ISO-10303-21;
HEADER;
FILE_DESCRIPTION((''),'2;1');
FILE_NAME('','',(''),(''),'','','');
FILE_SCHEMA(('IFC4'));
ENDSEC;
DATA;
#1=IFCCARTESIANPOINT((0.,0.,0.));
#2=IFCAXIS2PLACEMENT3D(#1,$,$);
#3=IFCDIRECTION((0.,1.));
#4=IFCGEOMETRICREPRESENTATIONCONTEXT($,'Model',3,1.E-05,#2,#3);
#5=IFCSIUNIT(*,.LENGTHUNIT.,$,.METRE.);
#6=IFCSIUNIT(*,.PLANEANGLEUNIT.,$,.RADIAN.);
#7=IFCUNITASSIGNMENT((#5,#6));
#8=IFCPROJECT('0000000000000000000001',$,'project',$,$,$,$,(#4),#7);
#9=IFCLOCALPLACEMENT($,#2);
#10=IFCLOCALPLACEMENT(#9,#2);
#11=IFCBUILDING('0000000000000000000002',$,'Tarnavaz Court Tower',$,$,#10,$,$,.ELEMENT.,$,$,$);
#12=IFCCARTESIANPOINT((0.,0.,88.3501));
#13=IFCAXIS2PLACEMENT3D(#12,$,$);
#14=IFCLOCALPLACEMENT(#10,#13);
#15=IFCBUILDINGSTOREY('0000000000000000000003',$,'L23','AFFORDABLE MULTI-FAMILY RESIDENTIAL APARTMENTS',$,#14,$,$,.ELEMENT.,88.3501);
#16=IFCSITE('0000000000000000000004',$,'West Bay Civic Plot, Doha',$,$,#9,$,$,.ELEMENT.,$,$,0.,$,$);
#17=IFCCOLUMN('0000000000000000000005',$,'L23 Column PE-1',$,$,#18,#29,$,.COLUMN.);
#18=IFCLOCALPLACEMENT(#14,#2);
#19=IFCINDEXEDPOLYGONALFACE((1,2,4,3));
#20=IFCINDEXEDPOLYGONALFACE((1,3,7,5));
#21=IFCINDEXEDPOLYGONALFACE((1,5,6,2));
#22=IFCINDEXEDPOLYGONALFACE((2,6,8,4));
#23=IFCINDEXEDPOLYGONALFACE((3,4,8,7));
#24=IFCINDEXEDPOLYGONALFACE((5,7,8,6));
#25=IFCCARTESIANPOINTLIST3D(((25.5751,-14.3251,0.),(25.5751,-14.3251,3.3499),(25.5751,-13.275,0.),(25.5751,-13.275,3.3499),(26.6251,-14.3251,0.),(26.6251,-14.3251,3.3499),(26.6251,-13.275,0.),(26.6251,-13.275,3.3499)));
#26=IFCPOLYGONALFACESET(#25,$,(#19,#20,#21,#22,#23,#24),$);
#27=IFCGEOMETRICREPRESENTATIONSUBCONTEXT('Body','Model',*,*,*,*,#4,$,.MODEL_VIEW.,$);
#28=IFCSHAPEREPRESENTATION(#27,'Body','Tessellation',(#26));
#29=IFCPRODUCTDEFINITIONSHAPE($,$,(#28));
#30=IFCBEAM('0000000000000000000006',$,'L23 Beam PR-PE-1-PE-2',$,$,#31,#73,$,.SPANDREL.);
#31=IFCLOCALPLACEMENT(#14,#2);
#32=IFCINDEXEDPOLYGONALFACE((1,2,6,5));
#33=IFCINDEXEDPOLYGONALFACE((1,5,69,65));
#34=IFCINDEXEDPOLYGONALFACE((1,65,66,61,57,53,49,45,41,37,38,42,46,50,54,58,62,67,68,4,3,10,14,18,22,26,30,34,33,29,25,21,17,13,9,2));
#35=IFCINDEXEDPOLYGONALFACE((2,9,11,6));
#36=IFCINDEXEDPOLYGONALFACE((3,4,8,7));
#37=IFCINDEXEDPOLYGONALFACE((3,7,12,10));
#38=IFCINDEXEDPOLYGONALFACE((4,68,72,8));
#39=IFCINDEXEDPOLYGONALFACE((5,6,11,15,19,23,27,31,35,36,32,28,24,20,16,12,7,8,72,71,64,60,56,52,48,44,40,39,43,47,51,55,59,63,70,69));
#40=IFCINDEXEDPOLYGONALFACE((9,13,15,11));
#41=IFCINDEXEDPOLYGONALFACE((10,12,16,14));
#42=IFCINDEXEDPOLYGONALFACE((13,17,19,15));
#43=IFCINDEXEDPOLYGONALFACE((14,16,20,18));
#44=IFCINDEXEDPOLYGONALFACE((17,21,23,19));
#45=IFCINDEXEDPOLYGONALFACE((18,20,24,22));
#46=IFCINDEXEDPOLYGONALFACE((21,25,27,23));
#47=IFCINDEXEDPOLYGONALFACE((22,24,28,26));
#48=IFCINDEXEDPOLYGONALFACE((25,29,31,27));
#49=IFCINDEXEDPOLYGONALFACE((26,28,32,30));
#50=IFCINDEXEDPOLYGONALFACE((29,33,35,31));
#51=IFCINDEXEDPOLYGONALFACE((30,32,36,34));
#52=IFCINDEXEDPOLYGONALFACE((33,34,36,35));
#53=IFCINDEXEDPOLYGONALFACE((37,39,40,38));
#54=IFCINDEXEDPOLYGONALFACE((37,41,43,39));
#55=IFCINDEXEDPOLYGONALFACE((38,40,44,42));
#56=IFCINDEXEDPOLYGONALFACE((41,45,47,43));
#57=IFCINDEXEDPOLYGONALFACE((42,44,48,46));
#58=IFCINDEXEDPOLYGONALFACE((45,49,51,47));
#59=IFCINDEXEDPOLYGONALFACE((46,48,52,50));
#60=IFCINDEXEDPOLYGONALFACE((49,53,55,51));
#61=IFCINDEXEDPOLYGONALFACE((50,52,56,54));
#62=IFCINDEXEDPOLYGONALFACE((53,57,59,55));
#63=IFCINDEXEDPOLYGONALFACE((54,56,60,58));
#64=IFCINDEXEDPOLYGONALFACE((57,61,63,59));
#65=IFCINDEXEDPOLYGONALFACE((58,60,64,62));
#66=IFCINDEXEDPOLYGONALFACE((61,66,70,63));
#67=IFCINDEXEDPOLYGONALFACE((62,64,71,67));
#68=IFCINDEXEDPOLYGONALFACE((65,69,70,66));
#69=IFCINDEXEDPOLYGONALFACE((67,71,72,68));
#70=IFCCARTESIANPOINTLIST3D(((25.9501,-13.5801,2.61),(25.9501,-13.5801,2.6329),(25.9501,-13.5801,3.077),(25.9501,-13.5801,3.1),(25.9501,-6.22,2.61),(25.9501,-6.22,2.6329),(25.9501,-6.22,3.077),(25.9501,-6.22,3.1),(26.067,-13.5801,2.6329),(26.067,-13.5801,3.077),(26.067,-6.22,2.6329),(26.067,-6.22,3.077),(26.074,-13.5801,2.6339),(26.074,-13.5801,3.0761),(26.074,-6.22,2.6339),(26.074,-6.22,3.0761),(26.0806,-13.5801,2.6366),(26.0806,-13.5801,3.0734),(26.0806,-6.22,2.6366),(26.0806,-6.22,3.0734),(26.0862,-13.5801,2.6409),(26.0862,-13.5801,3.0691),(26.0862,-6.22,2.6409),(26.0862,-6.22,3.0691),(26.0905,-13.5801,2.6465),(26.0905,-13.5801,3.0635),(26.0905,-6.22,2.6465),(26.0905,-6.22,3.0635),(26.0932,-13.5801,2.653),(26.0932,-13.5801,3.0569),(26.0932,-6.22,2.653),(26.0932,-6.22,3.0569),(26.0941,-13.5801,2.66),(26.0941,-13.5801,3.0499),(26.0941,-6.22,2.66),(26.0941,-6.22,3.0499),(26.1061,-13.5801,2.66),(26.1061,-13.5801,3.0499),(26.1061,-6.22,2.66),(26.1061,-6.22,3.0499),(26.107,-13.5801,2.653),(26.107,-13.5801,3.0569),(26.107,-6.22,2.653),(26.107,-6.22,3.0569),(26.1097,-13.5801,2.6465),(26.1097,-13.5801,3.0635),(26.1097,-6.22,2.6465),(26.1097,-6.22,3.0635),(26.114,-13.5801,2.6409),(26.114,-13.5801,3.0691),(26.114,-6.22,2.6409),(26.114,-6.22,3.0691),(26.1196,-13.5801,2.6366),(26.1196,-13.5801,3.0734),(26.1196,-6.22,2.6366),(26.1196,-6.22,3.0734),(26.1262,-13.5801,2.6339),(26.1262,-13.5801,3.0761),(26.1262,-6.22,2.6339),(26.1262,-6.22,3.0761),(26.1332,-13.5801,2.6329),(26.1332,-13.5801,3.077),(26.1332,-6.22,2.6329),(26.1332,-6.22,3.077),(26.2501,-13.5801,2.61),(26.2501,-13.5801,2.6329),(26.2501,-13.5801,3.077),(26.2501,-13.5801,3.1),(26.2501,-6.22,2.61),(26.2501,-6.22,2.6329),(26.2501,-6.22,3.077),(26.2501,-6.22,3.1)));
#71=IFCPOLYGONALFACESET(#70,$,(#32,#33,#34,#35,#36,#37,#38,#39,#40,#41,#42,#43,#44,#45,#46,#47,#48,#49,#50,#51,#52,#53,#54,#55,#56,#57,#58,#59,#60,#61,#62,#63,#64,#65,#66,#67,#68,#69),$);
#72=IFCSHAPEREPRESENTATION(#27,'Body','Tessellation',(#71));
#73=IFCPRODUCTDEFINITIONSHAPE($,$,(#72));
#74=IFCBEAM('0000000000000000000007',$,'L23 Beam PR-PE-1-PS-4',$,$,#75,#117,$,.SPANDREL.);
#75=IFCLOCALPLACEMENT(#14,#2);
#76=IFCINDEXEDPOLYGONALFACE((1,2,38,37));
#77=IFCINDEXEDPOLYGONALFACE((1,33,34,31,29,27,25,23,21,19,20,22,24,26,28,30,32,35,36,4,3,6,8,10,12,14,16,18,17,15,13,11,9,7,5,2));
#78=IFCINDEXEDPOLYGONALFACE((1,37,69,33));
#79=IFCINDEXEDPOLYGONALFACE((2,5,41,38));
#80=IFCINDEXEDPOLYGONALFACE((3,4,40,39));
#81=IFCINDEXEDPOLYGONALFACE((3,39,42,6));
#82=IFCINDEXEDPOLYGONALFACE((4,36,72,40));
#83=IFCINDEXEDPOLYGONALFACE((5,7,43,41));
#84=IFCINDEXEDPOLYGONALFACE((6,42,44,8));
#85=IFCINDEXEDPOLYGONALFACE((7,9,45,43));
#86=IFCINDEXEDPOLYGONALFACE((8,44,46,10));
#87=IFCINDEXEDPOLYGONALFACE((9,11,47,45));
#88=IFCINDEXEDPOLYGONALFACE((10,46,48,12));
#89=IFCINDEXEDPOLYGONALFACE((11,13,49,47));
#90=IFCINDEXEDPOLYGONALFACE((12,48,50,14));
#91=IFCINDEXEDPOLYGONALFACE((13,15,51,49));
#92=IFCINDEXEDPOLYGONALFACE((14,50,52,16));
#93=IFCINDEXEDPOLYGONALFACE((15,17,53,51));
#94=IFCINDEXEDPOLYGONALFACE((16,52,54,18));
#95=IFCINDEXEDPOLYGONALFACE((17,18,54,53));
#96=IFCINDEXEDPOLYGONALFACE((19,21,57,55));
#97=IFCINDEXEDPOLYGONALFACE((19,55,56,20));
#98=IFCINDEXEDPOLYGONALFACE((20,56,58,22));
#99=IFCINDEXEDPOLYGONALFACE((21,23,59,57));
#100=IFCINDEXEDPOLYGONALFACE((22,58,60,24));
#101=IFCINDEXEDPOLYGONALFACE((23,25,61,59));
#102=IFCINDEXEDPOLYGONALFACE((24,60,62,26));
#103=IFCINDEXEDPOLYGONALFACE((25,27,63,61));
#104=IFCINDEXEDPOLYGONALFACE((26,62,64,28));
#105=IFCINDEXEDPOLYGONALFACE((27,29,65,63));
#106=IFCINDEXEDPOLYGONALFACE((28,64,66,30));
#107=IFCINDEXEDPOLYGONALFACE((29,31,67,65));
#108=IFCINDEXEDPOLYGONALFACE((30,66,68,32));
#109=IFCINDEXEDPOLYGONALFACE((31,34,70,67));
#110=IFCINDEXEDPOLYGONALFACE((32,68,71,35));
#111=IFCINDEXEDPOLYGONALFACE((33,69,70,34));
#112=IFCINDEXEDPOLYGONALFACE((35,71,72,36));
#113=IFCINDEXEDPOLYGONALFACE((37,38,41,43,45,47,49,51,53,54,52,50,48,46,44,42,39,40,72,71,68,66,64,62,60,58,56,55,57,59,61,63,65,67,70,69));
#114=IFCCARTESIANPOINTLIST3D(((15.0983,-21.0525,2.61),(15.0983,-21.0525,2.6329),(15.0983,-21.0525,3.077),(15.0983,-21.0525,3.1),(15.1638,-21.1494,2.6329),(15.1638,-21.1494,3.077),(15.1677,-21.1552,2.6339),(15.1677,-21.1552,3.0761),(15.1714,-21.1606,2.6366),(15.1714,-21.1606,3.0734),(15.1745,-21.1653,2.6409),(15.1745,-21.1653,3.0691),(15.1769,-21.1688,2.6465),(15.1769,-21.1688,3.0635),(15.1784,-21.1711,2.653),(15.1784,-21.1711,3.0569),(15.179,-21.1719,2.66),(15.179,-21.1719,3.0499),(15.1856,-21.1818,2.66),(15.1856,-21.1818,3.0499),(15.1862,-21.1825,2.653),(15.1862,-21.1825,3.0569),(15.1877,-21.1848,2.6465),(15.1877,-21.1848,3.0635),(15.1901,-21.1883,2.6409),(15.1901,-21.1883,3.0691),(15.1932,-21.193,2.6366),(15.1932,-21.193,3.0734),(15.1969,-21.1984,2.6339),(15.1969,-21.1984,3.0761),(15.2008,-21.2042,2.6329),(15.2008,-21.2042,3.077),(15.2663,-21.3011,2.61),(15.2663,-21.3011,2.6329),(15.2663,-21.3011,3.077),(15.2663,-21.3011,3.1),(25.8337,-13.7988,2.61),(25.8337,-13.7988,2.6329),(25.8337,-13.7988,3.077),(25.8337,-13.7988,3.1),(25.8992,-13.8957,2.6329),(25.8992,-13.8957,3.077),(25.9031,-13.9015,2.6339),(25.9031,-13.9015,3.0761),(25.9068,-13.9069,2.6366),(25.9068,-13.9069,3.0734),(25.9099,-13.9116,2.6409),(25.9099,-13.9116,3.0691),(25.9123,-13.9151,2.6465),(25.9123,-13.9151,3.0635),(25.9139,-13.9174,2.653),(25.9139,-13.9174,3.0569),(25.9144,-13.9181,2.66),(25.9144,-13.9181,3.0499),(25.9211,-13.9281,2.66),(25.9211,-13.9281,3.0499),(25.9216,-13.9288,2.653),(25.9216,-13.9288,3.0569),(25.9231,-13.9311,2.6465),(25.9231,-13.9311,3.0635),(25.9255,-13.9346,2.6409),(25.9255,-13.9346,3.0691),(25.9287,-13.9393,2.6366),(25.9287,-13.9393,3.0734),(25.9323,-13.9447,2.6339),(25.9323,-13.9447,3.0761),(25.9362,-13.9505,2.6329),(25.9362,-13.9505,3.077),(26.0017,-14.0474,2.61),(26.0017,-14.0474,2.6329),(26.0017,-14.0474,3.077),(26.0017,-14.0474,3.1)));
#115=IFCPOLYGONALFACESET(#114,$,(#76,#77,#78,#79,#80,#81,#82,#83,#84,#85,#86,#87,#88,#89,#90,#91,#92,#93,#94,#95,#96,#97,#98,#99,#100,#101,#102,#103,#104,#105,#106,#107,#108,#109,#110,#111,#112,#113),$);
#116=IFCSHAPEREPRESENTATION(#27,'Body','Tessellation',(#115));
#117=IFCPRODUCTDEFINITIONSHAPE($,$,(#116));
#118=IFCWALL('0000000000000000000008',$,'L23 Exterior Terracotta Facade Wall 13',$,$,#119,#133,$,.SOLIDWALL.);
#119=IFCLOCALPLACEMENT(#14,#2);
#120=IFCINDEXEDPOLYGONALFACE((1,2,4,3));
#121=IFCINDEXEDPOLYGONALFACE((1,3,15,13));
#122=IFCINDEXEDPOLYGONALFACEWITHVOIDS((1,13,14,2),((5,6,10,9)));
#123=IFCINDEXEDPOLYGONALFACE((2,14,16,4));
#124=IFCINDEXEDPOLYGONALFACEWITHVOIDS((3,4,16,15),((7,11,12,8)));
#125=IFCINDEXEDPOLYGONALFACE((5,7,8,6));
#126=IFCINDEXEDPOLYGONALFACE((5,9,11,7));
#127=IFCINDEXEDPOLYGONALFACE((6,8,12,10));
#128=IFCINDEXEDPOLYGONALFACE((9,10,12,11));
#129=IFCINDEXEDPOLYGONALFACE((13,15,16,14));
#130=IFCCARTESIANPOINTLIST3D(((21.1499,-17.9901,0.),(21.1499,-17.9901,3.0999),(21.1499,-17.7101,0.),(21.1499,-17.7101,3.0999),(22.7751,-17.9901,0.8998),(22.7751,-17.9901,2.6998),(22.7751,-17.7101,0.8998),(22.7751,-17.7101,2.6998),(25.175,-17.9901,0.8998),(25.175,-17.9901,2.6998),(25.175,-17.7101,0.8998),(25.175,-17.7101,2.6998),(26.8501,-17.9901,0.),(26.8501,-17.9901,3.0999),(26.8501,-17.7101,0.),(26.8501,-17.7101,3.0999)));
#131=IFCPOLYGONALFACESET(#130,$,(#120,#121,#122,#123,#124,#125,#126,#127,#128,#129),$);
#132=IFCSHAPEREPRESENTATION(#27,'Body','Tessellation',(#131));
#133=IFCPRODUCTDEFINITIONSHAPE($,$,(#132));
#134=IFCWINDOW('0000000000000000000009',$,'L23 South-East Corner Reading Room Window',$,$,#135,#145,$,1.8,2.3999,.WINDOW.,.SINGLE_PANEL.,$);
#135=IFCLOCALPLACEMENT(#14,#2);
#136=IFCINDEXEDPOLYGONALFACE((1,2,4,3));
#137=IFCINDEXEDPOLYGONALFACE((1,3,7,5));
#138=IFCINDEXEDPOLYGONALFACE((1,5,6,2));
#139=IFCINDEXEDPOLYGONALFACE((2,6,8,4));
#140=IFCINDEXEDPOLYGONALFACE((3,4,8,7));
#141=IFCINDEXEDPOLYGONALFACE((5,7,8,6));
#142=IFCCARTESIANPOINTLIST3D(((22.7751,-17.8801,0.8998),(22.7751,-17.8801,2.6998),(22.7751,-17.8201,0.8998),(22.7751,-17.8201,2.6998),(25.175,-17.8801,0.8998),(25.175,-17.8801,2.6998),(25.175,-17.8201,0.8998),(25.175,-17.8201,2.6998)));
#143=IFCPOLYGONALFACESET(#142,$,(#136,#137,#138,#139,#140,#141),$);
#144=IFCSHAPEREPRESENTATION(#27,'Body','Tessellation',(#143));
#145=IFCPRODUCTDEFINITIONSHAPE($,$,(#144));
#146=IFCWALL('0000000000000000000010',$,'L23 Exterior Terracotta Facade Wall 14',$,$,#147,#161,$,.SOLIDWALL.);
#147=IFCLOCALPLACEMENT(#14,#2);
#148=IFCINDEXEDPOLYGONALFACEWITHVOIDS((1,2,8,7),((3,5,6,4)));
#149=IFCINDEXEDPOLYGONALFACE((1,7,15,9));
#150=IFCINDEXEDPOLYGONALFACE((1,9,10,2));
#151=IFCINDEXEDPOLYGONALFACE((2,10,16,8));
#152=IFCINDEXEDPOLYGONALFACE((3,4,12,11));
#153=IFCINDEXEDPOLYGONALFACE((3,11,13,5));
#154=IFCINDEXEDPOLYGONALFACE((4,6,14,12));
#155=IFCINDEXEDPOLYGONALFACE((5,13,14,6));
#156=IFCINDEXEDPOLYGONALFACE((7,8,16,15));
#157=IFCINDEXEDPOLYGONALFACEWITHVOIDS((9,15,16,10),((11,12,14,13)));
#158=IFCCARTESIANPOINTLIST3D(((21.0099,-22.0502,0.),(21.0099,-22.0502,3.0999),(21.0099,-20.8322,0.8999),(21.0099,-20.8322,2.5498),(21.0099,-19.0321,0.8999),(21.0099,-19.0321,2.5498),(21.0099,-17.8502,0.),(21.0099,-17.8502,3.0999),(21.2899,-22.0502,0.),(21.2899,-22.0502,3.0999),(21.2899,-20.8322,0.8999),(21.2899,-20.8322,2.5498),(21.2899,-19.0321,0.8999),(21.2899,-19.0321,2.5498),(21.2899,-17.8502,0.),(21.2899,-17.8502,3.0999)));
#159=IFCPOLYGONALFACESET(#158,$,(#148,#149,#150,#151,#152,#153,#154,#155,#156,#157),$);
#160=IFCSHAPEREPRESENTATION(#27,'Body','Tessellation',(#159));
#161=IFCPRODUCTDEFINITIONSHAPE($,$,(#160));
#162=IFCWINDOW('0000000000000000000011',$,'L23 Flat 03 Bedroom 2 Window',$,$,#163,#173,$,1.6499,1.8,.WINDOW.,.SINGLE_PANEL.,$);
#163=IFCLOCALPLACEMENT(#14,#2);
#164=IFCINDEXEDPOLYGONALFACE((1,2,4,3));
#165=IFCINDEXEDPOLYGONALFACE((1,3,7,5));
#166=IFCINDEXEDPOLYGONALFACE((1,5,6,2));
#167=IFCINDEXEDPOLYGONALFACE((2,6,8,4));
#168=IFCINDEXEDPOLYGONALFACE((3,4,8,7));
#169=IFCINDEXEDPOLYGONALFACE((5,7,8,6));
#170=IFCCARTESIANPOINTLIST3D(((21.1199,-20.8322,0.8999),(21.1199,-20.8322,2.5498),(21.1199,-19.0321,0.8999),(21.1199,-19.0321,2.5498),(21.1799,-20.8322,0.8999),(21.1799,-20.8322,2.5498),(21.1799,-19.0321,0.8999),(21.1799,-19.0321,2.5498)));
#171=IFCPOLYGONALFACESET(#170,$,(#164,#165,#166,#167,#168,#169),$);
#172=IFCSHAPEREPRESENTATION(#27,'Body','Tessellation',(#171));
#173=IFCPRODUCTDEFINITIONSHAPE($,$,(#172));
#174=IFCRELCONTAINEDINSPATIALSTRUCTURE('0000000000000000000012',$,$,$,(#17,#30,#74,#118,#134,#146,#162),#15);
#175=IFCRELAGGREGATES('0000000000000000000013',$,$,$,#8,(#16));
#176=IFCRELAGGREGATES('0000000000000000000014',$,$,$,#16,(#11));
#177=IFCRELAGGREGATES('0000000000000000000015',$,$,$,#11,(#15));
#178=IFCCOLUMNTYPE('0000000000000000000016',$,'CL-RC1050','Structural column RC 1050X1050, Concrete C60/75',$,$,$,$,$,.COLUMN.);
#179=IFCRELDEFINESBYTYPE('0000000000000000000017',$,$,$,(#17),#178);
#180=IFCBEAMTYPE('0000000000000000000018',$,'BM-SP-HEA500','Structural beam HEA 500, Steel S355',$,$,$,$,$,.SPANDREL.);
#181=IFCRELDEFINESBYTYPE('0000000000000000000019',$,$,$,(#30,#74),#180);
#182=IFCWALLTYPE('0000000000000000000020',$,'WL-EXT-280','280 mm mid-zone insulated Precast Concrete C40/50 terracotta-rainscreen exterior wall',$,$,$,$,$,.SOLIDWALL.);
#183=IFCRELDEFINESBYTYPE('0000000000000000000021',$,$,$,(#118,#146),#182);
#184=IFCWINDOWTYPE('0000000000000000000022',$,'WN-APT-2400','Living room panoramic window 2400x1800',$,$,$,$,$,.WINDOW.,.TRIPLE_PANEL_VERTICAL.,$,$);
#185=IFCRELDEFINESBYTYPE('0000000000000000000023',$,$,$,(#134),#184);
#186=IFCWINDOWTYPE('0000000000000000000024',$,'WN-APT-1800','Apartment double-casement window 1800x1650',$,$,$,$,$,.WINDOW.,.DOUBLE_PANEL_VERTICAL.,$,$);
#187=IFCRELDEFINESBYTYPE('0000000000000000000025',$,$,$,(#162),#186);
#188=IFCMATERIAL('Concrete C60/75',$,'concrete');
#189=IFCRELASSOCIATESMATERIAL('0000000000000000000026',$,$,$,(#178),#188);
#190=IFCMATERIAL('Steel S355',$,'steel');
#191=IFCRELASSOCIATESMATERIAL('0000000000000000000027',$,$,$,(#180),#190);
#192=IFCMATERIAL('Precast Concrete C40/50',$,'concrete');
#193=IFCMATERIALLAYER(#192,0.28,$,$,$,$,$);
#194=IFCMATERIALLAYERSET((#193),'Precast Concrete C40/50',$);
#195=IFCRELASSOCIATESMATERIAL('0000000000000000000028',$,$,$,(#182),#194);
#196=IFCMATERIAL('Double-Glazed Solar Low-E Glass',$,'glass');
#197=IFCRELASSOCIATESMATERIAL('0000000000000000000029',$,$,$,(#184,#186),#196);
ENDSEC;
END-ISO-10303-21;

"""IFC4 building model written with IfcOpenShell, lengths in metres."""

from ifc_helpers import new_model, si_unit, direction, frame, frame_2d, origin, origin_2d, place, context, subcontext, project, spatial, rectangle, i_section, extrude, material, layer, layer_set, material_profile, profile_set, type_object, element, fill, save


model = new_model("IFC4")

# Units and contexts
model_context = context("Model", 3, precision=1e-05, world=origin(), true_north=direction((0.0, 1.0)))
body_context = subcontext(model_context, "Body", "Model", "MODEL_VIEW")
ifc_project = project(units=[si_unit("LENGTHUNIT", "METRE"), si_unit("PLANEANGLEUNIT", "RADIAN")], contexts=[model_context])

# Site, building, storey
site_placement = place(None, origin())
site = spatial("IfcSite", under=ifc_project, at=site_placement, Name="West Bay Civic Plot, Doha", CompositionType="ELEMENT", RefElevation=0.0)
building_placement = place(site_placement, origin())
building = spatial("IfcBuilding", under=site, at=building_placement, Name="Tarnavaz Court Tower", CompositionType="ELEMENT")
storey_placement = place(building_placement, frame((0.0, 0.0, 88.3501)))
storey = spatial("IfcBuildingStorey", under=building, at=storey_placement, Name="L23", Description="AFFORDABLE MULTI-FAMILY RESIDENTIAL APARTMENTS", CompositionType="ELEMENT", Elevation=88.3501)

# Column
ifc_material_1 = material(Name="Concrete C60/75", Category="concrete")
ifc_material_profile_1 = material_profile(ifc_material_1, rectangle(XDim=1.05, YDim=1.05, at=origin_2d()), Name="RC 1050X1050")
ifc_profile_set_1 = profile_set([ifc_material_profile_1], Name="Concrete C60/75")
column_type = type_object("IfcColumnType", Name="CL-RC1050", Description="Structural column RC 1050X1050, Concrete C60/75", PredefinedType="COLUMN", material=ifc_profile_set_1)
column_placement = place(storey_placement, frame((26.1001, -13.8, 0.0), z_axis=(0.0, 0.0, 1.0), x_axis=(1.0, 0.0, 0.0)))
element("IfcColumn", 1, at=column_placement, inside=storey, type_object=column_type, Name="L23 Column PE-1", PredefinedType="COLUMN", context=body_context, shape_type="SweptSolid", body=[
    extrude(rectangle(XDim=1.05, YDim=1.05, at=origin_2d()), origin(), (0.0, 0.0, 1.0), 3.3499),
])

# Beams
ifc_material_2 = material(Name="Steel S355", Category="steel")
ifc_material_profile_2 = material_profile(ifc_material_2, i_section(OverallWidth=0.3, OverallDepth=0.49, WebThickness=0.012, FlangeThickness=0.0229, FilletRadius=0.0271, at=origin_2d()), Name="HEA 500")
ifc_profile_set_2 = profile_set([ifc_material_profile_2], Name="Steel S355")
beam_type = type_object("IfcBeamType", Name="BM-SP-HEA500", Description="Structural beam HEA 500, Steel S355", PredefinedType="SPANDREL", material=ifc_profile_set_2)
beam_1_placement = place(storey_placement, frame((26.1001, -13.5801, 2.855), z_axis=(0.0, 1.0, 0.0), x_axis=(-1.0, 0.0, 0.0)))
element("IfcBeam", 2, at=beam_1_placement, inside=storey, type_object=beam_type, Name="L23 Beam PR-PE-1-PE-2", PredefinedType="SPANDREL", context=body_context, shape_type="SweptSolid", body=[
    extrude(i_section(OverallWidth=0.3, OverallDepth=0.49, WebThickness=0.012, FlangeThickness=0.0229, FilletRadius=0.0271, at=origin_2d()), origin(), (0.0, 0.0, 1.0), 7.3601),
])
beam_2_placement = place(storey_placement, frame((25.9177, -13.9231, 2.855), z_axis=(-0.828587, -0.55986, 0.0), x_axis=(0.55986, -0.828587, 0.0)))
element("IfcBeam", 3, at=beam_2_placement, inside=storey, type_object=beam_type, Name="L23 Beam PR-PE-1-PS-4", PredefinedType="SPANDREL", context=body_context, shape_type="SweptSolid", body=[
    extrude(i_section(OverallWidth=0.3, OverallDepth=0.49, WebThickness=0.012, FlangeThickness=0.0229, FilletRadius=0.0271, at=origin_2d()), origin(), (0.0, 0.0, 1.0), 12.9563),
])

# Walls, openings, windows
ifc_material_3 = material(Name="Precast Concrete C40/50", Category="concrete")
ifc_layer_1 = layer(ifc_material_3, 0.28)
ifc_layer_set_1 = layer_set([ifc_layer_1], Name="Precast Concrete C40/50")
wall_type_1 = type_object("IfcWallType", Name="WL-EXT-280", Description="280 mm mid-zone insulated Precast Concrete C40/50 terracotta-rainscreen exterior wall", PredefinedType="SOLIDWALL", material=ifc_layer_set_1)
wall_1_placement = place(storey_placement, frame((26.8501, -17.8501, 0.0), z_axis=(0.0, 0.0, 1.0), x_axis=(-1.0, 0.0, 0.0)))
wall_1 = element("IfcWall", 4, at=wall_1_placement, inside=storey, type_object=wall_type_1, Name="L23 Exterior Terracotta Facade Wall 13", PredefinedType="SOLIDWALL", context=body_context, shape_type="SweptSolid", body=[
    extrude(rectangle(XDim=5.7002, YDim=0.28, at=frame_2d((2.8501, 0.0))), origin(), (0.0, 0.0, 1.0), 3.0999),
])
opening_1_placement = place(wall_1_placement, frame((1.675, 0.0, 0.8999)))
opening_1 = element("IfcOpeningElement", 5, at=opening_1_placement, cuts=wall_1, PredefinedType="OPENING", context=body_context, shape_type="SweptSolid", body=[
    extrude(rectangle(XDim=2.3999, YDim=1.8, at=frame_2d((1.2, 0.8999))), frame((0.0, 0.1499, 0.0), z_axis=(0.0, -1.0, 0.0), x_axis=(1.0, 0.0, 0.0)), (0.0, 0.0, 1.0), 0.3),
])
ifc_material_4 = material(Name="Double-Glazed Solar Low-E Glass", Category="glass")
window_type_1 = type_object("IfcWindowType", Name="WN-APT-2400", Description="Living room panoramic window 2400x1800", PartitioningType="TRIPLE_PANEL_VERTICAL", PredefinedType="WINDOW", material=ifc_material_4)
window_1_placement = place(opening_1_placement, origin())
window_1 = element("IfcWindow", 6, at=window_1_placement, inside=storey, type_object=window_type_1, Name="L23 South-East Corner Reading Room Window", OverallHeight=1.8, OverallWidth=2.3999, PartitioningType="SINGLE_PANEL", PredefinedType="WINDOW", context=body_context, shape_type="SweptSolid", body=[
    extrude(rectangle(XDim=2.3999, YDim=1.8, at=frame_2d((1.2, 0.8999))), frame((0.0, 0.03, 0.0), z_axis=(0.0, -1.0, 0.0), x_axis=(1.0, 0.0, 0.0)), (0.0, 0.0, 1.0), 0.0601),
])
fill(opening_1, window_1)
wall_2_placement = place(storey_placement, frame((21.1499, -17.8501, 0.0), z_axis=(0.0, 0.0, 1.0), x_axis=(0.0, -1.0, 0.0)))
wall_2 = element("IfcWall", 7, at=wall_2_placement, inside=storey, type_object=wall_type_1, Name="L23 Exterior Terracotta Facade Wall 14", PredefinedType="SOLIDWALL", context=body_context, shape_type="SweptSolid", body=[
    extrude(rectangle(XDim=4.2, YDim=0.28, at=frame_2d((2.1001, 0.0))), origin(), (0.0, 0.0, 1.0), 3.0999),
])
opening_2_placement = place(wall_2_placement, frame((1.1821, 0.0, 0.8999)))
opening_2 = element("IfcOpeningElement", 8, at=opening_2_placement, cuts=wall_2, PredefinedType="OPENING", context=body_context, shape_type="SweptSolid", body=[
    extrude(rectangle(XDim=1.8, YDim=1.6499, at=frame_2d((0.8999, 0.825))), frame((0.0, 0.1499, 0.0), z_axis=(0.0, -1.0, 0.0), x_axis=(1.0, 0.0, 0.0)), (0.0, 0.0, 1.0), 0.3),
])
window_type_2 = type_object("IfcWindowType", Name="WN-APT-1800", Description="Apartment double-casement window 1800x1650", PartitioningType="DOUBLE_PANEL_VERTICAL", PredefinedType="WINDOW", material=ifc_material_4)
window_2_placement = place(opening_2_placement, origin())
window_2 = element("IfcWindow", 9, at=window_2_placement, inside=storey, type_object=window_type_2, Name="L23 Flat 03 Bedroom 2 Window", OverallHeight=1.6499, OverallWidth=1.8, PartitioningType="SINGLE_PANEL", PredefinedType="WINDOW", context=body_context, shape_type="SweptSolid", body=[
    extrude(rectangle(XDim=1.8, YDim=1.6499, at=frame_2d((0.8999, 0.825))), frame((0.0, 0.03, 0.0), z_axis=(0.0, -1.0, 0.0), x_axis=(1.0, 0.0, 0.0)), (0.0, 0.0, 1.0), 0.0601),
])
fill(opening_2, window_2)

save(model, "model.ifc")
